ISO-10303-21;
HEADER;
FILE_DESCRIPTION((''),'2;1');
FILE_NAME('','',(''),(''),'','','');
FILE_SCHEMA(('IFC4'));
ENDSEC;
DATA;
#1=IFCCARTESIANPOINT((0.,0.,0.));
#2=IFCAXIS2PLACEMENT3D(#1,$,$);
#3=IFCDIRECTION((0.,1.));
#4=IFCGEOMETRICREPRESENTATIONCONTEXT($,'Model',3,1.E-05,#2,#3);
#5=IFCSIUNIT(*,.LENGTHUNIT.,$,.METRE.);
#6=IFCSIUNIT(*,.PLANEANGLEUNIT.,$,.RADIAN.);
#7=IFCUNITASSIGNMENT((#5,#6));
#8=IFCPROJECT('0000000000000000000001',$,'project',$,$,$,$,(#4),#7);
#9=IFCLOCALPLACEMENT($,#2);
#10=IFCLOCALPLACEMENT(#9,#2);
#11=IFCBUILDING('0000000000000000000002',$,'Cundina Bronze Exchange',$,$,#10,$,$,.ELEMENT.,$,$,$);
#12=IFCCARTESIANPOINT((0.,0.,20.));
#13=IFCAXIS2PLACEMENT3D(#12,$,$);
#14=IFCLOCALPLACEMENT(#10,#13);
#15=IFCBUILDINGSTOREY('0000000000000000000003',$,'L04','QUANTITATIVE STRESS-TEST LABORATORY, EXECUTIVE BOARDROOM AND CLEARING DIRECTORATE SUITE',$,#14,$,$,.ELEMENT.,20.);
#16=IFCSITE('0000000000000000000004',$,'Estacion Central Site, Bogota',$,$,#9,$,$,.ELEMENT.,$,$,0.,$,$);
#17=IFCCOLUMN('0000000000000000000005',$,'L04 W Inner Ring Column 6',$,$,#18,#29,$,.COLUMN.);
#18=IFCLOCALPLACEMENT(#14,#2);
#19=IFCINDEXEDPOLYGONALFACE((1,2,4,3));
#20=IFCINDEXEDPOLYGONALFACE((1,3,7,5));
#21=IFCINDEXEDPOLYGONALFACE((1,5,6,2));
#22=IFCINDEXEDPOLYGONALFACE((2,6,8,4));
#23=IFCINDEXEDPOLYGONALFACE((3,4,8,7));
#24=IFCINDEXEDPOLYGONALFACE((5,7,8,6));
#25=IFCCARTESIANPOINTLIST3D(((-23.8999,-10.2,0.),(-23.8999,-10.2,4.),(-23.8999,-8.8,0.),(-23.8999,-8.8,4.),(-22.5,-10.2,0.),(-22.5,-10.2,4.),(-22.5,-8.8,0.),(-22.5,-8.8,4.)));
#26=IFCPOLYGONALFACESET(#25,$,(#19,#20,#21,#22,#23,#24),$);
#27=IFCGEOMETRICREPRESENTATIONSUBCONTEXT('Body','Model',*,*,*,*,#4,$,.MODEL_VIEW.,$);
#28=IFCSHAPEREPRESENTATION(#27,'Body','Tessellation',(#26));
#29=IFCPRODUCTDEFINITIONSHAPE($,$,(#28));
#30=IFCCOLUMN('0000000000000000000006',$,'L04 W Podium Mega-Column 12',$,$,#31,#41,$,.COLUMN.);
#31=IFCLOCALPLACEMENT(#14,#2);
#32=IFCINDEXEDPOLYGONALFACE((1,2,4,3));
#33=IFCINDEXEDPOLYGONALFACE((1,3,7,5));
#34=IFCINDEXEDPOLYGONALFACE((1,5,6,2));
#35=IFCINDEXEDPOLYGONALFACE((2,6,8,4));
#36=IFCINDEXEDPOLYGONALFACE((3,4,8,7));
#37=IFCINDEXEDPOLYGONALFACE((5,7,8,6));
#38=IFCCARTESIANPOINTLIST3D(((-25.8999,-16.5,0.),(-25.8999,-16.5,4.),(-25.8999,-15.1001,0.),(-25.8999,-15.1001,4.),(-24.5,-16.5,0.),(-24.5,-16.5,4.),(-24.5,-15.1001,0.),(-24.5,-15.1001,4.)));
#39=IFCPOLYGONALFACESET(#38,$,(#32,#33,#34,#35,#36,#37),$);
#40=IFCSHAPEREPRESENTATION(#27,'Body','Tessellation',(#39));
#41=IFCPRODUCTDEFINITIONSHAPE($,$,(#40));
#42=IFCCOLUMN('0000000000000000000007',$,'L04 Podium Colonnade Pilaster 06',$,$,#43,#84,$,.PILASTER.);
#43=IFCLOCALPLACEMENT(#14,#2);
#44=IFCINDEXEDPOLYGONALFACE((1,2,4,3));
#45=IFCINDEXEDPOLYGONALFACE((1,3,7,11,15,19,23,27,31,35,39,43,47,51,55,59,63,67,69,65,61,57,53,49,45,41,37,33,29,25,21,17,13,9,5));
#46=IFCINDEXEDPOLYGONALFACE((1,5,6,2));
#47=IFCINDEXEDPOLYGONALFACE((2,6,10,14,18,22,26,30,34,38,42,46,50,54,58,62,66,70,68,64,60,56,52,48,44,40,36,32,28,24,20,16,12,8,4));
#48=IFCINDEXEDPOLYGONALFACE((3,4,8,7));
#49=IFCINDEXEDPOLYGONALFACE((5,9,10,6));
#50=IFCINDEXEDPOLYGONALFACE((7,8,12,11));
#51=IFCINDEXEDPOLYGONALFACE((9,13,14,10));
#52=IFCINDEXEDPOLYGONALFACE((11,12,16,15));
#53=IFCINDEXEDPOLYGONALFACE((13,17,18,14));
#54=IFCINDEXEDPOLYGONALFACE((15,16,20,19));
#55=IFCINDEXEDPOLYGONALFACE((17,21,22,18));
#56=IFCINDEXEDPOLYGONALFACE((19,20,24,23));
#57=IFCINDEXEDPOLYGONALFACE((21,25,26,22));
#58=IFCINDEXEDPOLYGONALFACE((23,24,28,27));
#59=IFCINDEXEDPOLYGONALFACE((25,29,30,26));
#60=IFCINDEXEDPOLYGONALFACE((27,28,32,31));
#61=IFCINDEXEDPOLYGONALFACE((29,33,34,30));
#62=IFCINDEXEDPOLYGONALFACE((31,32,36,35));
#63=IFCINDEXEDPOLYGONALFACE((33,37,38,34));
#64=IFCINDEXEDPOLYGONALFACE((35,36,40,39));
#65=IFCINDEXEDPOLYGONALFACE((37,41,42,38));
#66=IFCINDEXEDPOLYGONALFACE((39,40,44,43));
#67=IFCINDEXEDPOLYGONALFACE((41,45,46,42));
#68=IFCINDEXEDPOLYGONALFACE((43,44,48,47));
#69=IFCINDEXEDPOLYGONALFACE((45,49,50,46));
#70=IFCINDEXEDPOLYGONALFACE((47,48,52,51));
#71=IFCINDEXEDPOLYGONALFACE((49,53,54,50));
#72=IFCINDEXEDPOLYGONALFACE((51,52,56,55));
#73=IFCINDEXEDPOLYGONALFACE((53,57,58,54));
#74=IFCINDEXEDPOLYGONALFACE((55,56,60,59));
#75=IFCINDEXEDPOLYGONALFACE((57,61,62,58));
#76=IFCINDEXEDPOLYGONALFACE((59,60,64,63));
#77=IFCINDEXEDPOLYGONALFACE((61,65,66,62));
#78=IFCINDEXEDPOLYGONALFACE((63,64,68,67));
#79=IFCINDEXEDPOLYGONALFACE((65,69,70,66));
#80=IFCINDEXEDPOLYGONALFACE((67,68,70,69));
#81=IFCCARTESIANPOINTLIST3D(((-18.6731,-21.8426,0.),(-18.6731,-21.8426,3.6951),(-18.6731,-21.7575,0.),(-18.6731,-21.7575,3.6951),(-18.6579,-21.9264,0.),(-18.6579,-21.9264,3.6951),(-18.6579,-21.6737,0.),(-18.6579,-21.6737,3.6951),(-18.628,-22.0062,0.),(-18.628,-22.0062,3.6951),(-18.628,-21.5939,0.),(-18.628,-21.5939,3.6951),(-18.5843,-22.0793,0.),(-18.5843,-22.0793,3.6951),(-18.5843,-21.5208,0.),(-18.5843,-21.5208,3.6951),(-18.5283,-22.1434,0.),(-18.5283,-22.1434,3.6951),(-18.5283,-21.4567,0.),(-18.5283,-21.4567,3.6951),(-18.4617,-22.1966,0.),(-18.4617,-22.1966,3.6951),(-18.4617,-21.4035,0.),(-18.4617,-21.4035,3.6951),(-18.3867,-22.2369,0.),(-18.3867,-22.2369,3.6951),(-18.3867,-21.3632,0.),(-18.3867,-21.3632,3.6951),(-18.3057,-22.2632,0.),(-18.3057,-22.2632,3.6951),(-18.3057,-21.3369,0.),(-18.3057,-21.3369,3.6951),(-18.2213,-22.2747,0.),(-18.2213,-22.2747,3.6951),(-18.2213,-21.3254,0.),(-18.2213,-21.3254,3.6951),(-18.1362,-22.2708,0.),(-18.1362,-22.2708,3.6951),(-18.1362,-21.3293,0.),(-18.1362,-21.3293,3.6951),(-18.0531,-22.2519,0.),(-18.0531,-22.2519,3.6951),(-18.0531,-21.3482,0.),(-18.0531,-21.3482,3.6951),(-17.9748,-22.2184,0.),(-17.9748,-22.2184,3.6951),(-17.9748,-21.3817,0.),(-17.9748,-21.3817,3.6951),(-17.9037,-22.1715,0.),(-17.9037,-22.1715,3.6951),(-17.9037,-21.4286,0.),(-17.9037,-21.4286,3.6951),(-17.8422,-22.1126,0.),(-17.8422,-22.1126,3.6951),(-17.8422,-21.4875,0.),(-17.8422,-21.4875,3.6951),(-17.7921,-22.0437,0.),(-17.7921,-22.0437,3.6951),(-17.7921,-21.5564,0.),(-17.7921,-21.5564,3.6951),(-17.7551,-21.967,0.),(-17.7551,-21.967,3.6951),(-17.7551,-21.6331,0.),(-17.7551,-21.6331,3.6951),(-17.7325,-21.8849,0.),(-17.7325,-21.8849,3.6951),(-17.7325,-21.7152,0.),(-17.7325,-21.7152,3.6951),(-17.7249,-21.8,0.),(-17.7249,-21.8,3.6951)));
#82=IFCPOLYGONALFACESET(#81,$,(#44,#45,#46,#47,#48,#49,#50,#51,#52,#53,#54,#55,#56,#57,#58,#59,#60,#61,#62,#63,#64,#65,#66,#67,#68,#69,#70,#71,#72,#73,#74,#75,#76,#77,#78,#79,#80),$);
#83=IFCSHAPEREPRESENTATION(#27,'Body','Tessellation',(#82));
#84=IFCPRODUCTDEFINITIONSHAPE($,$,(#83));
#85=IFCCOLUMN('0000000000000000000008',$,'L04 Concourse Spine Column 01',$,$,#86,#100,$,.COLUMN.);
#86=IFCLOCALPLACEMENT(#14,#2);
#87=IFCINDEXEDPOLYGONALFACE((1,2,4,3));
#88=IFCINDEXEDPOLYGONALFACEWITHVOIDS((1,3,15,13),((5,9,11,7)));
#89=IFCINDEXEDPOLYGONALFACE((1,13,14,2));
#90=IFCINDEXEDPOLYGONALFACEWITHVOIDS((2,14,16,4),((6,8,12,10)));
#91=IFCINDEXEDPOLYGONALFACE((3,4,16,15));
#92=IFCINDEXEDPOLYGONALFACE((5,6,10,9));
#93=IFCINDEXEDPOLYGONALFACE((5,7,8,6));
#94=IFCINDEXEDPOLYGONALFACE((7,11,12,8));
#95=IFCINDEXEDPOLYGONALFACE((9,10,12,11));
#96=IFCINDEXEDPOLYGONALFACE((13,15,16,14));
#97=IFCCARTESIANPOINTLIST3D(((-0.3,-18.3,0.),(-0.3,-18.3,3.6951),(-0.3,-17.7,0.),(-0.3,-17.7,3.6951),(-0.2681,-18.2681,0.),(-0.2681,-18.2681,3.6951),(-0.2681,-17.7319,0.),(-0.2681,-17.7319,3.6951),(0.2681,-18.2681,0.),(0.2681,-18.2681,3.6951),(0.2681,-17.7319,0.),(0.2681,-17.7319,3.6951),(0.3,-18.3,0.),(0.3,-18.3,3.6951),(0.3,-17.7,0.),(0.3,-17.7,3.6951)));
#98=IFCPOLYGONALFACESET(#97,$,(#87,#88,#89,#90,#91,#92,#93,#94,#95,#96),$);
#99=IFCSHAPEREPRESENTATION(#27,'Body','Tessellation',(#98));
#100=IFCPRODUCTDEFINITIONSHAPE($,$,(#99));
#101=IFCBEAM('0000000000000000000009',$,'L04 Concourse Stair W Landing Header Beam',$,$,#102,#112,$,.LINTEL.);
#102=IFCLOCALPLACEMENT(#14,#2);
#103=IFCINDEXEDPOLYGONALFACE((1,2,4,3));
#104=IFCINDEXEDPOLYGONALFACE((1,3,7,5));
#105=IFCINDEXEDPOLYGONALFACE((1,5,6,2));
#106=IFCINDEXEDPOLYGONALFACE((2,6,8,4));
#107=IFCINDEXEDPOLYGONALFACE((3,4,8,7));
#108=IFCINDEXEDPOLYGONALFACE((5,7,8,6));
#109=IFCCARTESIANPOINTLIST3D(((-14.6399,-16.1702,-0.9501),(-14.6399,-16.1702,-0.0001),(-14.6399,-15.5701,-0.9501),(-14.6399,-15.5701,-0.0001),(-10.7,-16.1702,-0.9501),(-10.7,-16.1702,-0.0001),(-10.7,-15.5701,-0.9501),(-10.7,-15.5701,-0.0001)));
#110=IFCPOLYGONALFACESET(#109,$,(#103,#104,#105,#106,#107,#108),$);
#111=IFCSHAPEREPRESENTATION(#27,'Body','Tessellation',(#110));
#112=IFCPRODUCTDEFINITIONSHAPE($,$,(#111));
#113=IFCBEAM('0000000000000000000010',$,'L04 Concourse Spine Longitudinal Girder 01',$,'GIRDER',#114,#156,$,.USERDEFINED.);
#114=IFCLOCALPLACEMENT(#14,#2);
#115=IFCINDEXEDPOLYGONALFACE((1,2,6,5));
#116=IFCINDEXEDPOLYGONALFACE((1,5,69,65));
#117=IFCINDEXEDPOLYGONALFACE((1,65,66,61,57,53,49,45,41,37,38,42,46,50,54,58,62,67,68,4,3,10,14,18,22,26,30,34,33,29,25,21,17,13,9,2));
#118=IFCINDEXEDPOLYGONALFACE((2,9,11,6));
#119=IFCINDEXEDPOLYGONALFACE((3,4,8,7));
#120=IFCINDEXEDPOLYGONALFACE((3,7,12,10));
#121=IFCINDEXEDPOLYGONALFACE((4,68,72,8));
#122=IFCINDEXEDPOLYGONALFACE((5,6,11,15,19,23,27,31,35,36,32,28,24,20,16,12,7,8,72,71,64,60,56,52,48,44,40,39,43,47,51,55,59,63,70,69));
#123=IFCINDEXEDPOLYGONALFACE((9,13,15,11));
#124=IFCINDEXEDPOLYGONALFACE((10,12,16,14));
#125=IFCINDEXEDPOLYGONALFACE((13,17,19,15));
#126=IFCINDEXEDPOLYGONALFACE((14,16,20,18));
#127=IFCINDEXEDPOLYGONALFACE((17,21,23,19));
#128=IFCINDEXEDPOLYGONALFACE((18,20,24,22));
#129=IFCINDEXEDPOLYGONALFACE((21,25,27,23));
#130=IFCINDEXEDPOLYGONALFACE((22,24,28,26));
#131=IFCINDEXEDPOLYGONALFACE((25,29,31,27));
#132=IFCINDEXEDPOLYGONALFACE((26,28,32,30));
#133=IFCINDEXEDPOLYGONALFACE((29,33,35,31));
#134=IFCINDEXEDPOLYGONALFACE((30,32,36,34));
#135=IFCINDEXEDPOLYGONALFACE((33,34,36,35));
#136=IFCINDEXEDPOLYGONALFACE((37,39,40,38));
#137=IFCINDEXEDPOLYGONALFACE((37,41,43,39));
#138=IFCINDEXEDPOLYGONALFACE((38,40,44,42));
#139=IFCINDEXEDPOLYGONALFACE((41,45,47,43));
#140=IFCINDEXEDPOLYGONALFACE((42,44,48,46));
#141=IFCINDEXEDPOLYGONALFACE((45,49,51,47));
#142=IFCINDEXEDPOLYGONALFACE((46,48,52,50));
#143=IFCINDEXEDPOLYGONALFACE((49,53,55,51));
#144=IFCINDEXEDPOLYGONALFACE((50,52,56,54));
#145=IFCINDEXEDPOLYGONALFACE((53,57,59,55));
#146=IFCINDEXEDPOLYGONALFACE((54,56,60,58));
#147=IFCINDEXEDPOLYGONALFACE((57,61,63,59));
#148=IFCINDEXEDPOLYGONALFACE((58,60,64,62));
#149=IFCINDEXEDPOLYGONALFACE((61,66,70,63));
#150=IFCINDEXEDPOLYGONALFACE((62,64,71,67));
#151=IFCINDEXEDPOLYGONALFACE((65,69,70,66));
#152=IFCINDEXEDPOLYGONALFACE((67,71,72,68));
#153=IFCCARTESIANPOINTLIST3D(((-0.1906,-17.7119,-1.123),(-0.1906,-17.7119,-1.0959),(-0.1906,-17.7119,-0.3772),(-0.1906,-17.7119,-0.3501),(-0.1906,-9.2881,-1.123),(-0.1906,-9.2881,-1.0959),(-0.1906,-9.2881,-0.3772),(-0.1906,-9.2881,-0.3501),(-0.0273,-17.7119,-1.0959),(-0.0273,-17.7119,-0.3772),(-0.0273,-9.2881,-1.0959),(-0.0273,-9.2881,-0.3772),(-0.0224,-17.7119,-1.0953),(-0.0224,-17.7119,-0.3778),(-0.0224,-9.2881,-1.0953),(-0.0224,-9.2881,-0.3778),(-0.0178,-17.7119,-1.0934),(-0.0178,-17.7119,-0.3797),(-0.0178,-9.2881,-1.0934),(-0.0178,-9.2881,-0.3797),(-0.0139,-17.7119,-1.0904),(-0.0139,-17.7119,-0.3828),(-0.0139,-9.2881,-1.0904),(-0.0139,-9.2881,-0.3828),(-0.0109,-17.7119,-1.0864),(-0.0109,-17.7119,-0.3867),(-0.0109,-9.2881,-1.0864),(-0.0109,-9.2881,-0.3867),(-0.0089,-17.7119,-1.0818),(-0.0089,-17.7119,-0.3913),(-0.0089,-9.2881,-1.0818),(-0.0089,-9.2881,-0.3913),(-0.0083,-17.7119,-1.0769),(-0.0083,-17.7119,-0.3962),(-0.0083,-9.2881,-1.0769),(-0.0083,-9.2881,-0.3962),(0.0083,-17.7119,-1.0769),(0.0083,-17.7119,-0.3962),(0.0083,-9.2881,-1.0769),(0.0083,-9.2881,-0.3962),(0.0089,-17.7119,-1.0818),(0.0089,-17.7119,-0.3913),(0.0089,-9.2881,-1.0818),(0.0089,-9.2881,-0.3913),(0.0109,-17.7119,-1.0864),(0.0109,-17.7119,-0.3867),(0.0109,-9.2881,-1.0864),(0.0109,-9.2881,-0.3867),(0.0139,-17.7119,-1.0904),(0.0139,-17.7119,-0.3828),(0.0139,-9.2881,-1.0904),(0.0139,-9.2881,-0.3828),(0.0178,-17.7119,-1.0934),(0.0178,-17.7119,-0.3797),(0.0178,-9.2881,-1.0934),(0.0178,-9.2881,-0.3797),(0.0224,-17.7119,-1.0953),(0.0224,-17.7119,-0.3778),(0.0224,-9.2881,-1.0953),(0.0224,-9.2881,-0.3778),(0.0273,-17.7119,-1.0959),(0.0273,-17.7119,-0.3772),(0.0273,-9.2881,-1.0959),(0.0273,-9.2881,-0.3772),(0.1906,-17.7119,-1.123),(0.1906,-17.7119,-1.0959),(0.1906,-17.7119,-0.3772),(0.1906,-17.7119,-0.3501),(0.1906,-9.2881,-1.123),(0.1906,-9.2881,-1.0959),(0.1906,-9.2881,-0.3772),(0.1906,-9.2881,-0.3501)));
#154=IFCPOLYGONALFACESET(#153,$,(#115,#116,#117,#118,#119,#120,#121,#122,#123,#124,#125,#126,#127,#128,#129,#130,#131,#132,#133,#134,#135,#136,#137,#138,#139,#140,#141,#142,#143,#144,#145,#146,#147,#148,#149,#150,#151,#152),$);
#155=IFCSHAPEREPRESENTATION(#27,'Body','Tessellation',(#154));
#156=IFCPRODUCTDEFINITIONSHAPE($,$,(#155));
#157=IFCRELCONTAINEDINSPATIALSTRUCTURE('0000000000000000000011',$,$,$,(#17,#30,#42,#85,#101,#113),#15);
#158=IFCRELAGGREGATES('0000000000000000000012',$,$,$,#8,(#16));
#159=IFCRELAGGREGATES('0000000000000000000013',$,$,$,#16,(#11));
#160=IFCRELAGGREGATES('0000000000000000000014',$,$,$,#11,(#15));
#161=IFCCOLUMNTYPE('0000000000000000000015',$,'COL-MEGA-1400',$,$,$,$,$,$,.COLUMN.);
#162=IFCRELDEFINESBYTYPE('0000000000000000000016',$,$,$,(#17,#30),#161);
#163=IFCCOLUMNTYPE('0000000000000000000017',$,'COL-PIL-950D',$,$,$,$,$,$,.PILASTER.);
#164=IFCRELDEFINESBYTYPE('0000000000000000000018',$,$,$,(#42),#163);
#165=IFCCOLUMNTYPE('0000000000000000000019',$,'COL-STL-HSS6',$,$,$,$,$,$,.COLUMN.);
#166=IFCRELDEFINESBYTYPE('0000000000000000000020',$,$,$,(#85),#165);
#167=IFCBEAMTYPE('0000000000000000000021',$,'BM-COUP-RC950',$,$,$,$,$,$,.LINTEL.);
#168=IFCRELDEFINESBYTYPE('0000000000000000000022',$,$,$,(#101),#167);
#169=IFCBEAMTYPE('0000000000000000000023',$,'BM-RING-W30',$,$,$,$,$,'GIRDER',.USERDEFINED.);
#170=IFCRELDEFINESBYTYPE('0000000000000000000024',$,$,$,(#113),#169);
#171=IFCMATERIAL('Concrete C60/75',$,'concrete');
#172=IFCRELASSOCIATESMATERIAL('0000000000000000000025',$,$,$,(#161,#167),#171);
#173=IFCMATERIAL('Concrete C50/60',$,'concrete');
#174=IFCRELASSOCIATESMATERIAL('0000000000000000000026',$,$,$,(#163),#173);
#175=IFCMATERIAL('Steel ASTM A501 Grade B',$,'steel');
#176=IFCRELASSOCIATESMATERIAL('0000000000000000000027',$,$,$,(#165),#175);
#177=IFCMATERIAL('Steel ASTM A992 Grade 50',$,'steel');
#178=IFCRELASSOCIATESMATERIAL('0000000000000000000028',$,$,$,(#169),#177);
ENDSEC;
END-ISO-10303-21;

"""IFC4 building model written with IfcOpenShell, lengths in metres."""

from ifc_helpers import new_model, si_unit, direction, frame, origin, origin_2d, place, context, subcontext, project, spatial, rectangle, hollow_rectangle, circle, i_section, extrude, material, material_profile, profile_set, type_object, element, save


model = new_model("IFC4")

# Units and contexts
model_context = context("Model", 3, precision=1e-05, world=origin(), true_north=direction((0.0, 1.0)))
body_context = subcontext(model_context, "Body", "Model", "MODEL_VIEW")
ifc_project = project(units=[si_unit("LENGTHUNIT", "METRE"), si_unit("PLANEANGLEUNIT", "RADIAN")], contexts=[model_context])

# Site, building, storey
site_placement = place(None, origin())
site = spatial("IfcSite", under=ifc_project, at=site_placement, Name="Estacion Central Site, Bogota", CompositionType="ELEMENT", RefElevation=0.0)
building_placement = place(site_placement, origin())
building = spatial("IfcBuilding", under=site, at=building_placement, Name="Cundina Bronze Exchange", CompositionType="ELEMENT")
storey_placement = place(building_placement, frame((0.0, 0.0, 20.0)))
storey = spatial("IfcBuildingStorey", under=building, at=storey_placement, Name="L04", Description="QUANTITATIVE STRESS-TEST LABORATORY, EXECUTIVE BOARDROOM AND CLEARING DIRECTORATE SUITE", CompositionType="ELEMENT", Elevation=20.0)

# Columns
ifc_material_1 = material(Name="Concrete C60/75", Category="concrete")
ifc_material_profile_1 = material_profile(ifc_material_1, rectangle(XDim=1.3999, YDim=1.3999, at=origin_2d()), Name="RC1400X1400", Category="concrete")
ifc_profile_set_1 = profile_set([ifc_material_profile_1], Name="Concrete C60/75")
column_type_1 = type_object("IfcColumnType", Name="COL-MEGA-1400", PredefinedType="COLUMN", material=ifc_profile_set_1)
for number, where, z_axis, x_axis, name in (
    (1, (-23.2, -9.5, 0.0), (0.0, 0.0, 1.0), (1.0, 0.0, 0.0), "L04 W Inner Ring Column 6"),
    (2, (-25.2, -15.8, 0.0), (0.0, 0.0, 1.0), (1.0, 0.0, 0.0), "L04 W Podium Mega-Column 12"),
):
    element("IfcColumn", number, at=place(storey_placement, frame(where, z_axis=z_axis, x_axis=x_axis)), inside=storey, type_object=column_type_1, Name=name, PredefinedType="COLUMN", context=body_context, shape_type="SweptSolid", body=[
        extrude(rectangle(XDim=1.3999, YDim=1.3999, at=origin_2d()), origin(), (0.0, 0.0, 1.0), 4.0),
    ])
ifc_material_2 = material(Name="Concrete C50/60", Category="concrete")
ifc_material_profile_2 = material_profile(ifc_material_2, circle(Radius=0.4751, at=origin_2d()), Name="RC950D", Category="concrete")
ifc_profile_set_2 = profile_set([ifc_material_profile_2], Name="Concrete C50/60")
column_type_2 = type_object("IfcColumnType", Name="COL-PIL-950D", PredefinedType="PILASTER", material=ifc_profile_set_2)
column_1_placement = place(storey_placement, frame((-18.2, -21.8, 0.0), z_axis=(0.0, 0.0, 1.0), x_axis=(1.0, 0.0, 0.0)))
element("IfcColumn", 3, at=column_1_placement, inside=storey, type_object=column_type_2, Name="L04 Podium Colonnade Pilaster 06", PredefinedType="PILASTER", context=body_context, shape_type="SweptSolid", body=[
    extrude(circle(Radius=0.4751, at=origin_2d()), origin(), (0.0, 0.0, 1.0), 3.6951),
])
ifc_material_3 = material(Name="Steel ASTM A501 Grade B", Category="steel")
ifc_material_profile_3 = material_profile(ifc_material_3, hollow_rectangle(XDim=0.6001, YDim=0.6001, WallThickness=0.032, at=origin_2d()), Name="HSS600X600X32", Category="steel")
ifc_profile_set_3 = profile_set([ifc_material_profile_3], Name="Steel ASTM A501 Grade B")
column_type_3 = type_object("IfcColumnType", Name="COL-STL-HSS6", PredefinedType="COLUMN", material=ifc_profile_set_3)
column_2_placement = place(storey_placement, frame((0.0, -18.0, 0.0), z_axis=(0.0, 0.0, 1.0), x_axis=(1.0, 0.0, 0.0)))
element("IfcColumn", 4, at=column_2_placement, inside=storey, type_object=column_type_3, Name="L04 Concourse Spine Column 01", PredefinedType="COLUMN", context=body_context, shape_type="SweptSolid", body=[
    extrude(hollow_rectangle(XDim=0.6001, YDim=0.6001, WallThickness=0.032, at=origin_2d()), origin(), (0.0, 0.0, 1.0), 3.6951),
])

# Beams
ifc_material_profile_4 = material_profile(ifc_material_1, rectangle(XDim=0.6001, YDim=0.95, at=origin_2d()), Name="RC600X950", Category="concrete")
ifc_profile_set_4 = profile_set([ifc_material_profile_4], Name="Concrete C60/75")
beam_type_1 = type_object("IfcBeamType", Name="BM-COUP-RC950", PredefinedType="LINTEL", material=ifc_profile_set_4)
beam_1_placement = place(storey_placement, frame((-14.6399, -15.8701, -0.4751), z_axis=(1.0, 0.0, 0.0), x_axis=(0.0, 1.0, 0.0)))
element("IfcBeam", 5, at=beam_1_placement, inside=storey, type_object=beam_type_1, Name="L04 Concourse Stair W Landing Header Beam", PredefinedType="LINTEL", context=body_context, shape_type="SweptSolid", body=[
    extrude(rectangle(XDim=0.6001, YDim=0.95, at=origin_2d()), origin(), (0.0, 0.0, 1.0), 3.9399),
])
ifc_material_4 = material(Name="Steel ASTM A992 Grade 50", Category="steel")
ifc_material_profile_5 = material_profile(ifc_material_4, i_section(OverallWidth=0.3811, OverallDepth=0.7729, WebThickness=0.0166, FlangeThickness=0.0271, FilletRadius=0.019, at=origin_2d()), Name="W30X173", Category="steel")
ifc_profile_set_5 = profile_set([ifc_material_profile_5], Name="Steel ASTM A992 Grade 50")
beam_type_2 = type_object("IfcBeamType", Name="BM-RING-W30", ElementType="GIRDER", PredefinedType="USERDEFINED", material=ifc_profile_set_5)
beam_2_placement = place(storey_placement, frame((0.0, -17.7119, -0.7366), z_axis=(0.0, 1.0, 0.0), x_axis=(-1.0, 0.0, 0.0)))
element("IfcBeam", 6, at=beam_2_placement, inside=storey, type_object=beam_type_2, Name="L04 Concourse Spine Longitudinal Girder 01", ObjectType="GIRDER", PredefinedType="USERDEFINED", context=body_context, shape_type="SweptSolid", body=[
    extrude(i_section(OverallWidth=0.3811, OverallDepth=0.7729, WebThickness=0.0166, FlangeThickness=0.0271, FilletRadius=0.019, at=origin_2d()), origin(), (0.0, 0.0, 1.0), 8.4238),
])

save(model, "model.ifc")
